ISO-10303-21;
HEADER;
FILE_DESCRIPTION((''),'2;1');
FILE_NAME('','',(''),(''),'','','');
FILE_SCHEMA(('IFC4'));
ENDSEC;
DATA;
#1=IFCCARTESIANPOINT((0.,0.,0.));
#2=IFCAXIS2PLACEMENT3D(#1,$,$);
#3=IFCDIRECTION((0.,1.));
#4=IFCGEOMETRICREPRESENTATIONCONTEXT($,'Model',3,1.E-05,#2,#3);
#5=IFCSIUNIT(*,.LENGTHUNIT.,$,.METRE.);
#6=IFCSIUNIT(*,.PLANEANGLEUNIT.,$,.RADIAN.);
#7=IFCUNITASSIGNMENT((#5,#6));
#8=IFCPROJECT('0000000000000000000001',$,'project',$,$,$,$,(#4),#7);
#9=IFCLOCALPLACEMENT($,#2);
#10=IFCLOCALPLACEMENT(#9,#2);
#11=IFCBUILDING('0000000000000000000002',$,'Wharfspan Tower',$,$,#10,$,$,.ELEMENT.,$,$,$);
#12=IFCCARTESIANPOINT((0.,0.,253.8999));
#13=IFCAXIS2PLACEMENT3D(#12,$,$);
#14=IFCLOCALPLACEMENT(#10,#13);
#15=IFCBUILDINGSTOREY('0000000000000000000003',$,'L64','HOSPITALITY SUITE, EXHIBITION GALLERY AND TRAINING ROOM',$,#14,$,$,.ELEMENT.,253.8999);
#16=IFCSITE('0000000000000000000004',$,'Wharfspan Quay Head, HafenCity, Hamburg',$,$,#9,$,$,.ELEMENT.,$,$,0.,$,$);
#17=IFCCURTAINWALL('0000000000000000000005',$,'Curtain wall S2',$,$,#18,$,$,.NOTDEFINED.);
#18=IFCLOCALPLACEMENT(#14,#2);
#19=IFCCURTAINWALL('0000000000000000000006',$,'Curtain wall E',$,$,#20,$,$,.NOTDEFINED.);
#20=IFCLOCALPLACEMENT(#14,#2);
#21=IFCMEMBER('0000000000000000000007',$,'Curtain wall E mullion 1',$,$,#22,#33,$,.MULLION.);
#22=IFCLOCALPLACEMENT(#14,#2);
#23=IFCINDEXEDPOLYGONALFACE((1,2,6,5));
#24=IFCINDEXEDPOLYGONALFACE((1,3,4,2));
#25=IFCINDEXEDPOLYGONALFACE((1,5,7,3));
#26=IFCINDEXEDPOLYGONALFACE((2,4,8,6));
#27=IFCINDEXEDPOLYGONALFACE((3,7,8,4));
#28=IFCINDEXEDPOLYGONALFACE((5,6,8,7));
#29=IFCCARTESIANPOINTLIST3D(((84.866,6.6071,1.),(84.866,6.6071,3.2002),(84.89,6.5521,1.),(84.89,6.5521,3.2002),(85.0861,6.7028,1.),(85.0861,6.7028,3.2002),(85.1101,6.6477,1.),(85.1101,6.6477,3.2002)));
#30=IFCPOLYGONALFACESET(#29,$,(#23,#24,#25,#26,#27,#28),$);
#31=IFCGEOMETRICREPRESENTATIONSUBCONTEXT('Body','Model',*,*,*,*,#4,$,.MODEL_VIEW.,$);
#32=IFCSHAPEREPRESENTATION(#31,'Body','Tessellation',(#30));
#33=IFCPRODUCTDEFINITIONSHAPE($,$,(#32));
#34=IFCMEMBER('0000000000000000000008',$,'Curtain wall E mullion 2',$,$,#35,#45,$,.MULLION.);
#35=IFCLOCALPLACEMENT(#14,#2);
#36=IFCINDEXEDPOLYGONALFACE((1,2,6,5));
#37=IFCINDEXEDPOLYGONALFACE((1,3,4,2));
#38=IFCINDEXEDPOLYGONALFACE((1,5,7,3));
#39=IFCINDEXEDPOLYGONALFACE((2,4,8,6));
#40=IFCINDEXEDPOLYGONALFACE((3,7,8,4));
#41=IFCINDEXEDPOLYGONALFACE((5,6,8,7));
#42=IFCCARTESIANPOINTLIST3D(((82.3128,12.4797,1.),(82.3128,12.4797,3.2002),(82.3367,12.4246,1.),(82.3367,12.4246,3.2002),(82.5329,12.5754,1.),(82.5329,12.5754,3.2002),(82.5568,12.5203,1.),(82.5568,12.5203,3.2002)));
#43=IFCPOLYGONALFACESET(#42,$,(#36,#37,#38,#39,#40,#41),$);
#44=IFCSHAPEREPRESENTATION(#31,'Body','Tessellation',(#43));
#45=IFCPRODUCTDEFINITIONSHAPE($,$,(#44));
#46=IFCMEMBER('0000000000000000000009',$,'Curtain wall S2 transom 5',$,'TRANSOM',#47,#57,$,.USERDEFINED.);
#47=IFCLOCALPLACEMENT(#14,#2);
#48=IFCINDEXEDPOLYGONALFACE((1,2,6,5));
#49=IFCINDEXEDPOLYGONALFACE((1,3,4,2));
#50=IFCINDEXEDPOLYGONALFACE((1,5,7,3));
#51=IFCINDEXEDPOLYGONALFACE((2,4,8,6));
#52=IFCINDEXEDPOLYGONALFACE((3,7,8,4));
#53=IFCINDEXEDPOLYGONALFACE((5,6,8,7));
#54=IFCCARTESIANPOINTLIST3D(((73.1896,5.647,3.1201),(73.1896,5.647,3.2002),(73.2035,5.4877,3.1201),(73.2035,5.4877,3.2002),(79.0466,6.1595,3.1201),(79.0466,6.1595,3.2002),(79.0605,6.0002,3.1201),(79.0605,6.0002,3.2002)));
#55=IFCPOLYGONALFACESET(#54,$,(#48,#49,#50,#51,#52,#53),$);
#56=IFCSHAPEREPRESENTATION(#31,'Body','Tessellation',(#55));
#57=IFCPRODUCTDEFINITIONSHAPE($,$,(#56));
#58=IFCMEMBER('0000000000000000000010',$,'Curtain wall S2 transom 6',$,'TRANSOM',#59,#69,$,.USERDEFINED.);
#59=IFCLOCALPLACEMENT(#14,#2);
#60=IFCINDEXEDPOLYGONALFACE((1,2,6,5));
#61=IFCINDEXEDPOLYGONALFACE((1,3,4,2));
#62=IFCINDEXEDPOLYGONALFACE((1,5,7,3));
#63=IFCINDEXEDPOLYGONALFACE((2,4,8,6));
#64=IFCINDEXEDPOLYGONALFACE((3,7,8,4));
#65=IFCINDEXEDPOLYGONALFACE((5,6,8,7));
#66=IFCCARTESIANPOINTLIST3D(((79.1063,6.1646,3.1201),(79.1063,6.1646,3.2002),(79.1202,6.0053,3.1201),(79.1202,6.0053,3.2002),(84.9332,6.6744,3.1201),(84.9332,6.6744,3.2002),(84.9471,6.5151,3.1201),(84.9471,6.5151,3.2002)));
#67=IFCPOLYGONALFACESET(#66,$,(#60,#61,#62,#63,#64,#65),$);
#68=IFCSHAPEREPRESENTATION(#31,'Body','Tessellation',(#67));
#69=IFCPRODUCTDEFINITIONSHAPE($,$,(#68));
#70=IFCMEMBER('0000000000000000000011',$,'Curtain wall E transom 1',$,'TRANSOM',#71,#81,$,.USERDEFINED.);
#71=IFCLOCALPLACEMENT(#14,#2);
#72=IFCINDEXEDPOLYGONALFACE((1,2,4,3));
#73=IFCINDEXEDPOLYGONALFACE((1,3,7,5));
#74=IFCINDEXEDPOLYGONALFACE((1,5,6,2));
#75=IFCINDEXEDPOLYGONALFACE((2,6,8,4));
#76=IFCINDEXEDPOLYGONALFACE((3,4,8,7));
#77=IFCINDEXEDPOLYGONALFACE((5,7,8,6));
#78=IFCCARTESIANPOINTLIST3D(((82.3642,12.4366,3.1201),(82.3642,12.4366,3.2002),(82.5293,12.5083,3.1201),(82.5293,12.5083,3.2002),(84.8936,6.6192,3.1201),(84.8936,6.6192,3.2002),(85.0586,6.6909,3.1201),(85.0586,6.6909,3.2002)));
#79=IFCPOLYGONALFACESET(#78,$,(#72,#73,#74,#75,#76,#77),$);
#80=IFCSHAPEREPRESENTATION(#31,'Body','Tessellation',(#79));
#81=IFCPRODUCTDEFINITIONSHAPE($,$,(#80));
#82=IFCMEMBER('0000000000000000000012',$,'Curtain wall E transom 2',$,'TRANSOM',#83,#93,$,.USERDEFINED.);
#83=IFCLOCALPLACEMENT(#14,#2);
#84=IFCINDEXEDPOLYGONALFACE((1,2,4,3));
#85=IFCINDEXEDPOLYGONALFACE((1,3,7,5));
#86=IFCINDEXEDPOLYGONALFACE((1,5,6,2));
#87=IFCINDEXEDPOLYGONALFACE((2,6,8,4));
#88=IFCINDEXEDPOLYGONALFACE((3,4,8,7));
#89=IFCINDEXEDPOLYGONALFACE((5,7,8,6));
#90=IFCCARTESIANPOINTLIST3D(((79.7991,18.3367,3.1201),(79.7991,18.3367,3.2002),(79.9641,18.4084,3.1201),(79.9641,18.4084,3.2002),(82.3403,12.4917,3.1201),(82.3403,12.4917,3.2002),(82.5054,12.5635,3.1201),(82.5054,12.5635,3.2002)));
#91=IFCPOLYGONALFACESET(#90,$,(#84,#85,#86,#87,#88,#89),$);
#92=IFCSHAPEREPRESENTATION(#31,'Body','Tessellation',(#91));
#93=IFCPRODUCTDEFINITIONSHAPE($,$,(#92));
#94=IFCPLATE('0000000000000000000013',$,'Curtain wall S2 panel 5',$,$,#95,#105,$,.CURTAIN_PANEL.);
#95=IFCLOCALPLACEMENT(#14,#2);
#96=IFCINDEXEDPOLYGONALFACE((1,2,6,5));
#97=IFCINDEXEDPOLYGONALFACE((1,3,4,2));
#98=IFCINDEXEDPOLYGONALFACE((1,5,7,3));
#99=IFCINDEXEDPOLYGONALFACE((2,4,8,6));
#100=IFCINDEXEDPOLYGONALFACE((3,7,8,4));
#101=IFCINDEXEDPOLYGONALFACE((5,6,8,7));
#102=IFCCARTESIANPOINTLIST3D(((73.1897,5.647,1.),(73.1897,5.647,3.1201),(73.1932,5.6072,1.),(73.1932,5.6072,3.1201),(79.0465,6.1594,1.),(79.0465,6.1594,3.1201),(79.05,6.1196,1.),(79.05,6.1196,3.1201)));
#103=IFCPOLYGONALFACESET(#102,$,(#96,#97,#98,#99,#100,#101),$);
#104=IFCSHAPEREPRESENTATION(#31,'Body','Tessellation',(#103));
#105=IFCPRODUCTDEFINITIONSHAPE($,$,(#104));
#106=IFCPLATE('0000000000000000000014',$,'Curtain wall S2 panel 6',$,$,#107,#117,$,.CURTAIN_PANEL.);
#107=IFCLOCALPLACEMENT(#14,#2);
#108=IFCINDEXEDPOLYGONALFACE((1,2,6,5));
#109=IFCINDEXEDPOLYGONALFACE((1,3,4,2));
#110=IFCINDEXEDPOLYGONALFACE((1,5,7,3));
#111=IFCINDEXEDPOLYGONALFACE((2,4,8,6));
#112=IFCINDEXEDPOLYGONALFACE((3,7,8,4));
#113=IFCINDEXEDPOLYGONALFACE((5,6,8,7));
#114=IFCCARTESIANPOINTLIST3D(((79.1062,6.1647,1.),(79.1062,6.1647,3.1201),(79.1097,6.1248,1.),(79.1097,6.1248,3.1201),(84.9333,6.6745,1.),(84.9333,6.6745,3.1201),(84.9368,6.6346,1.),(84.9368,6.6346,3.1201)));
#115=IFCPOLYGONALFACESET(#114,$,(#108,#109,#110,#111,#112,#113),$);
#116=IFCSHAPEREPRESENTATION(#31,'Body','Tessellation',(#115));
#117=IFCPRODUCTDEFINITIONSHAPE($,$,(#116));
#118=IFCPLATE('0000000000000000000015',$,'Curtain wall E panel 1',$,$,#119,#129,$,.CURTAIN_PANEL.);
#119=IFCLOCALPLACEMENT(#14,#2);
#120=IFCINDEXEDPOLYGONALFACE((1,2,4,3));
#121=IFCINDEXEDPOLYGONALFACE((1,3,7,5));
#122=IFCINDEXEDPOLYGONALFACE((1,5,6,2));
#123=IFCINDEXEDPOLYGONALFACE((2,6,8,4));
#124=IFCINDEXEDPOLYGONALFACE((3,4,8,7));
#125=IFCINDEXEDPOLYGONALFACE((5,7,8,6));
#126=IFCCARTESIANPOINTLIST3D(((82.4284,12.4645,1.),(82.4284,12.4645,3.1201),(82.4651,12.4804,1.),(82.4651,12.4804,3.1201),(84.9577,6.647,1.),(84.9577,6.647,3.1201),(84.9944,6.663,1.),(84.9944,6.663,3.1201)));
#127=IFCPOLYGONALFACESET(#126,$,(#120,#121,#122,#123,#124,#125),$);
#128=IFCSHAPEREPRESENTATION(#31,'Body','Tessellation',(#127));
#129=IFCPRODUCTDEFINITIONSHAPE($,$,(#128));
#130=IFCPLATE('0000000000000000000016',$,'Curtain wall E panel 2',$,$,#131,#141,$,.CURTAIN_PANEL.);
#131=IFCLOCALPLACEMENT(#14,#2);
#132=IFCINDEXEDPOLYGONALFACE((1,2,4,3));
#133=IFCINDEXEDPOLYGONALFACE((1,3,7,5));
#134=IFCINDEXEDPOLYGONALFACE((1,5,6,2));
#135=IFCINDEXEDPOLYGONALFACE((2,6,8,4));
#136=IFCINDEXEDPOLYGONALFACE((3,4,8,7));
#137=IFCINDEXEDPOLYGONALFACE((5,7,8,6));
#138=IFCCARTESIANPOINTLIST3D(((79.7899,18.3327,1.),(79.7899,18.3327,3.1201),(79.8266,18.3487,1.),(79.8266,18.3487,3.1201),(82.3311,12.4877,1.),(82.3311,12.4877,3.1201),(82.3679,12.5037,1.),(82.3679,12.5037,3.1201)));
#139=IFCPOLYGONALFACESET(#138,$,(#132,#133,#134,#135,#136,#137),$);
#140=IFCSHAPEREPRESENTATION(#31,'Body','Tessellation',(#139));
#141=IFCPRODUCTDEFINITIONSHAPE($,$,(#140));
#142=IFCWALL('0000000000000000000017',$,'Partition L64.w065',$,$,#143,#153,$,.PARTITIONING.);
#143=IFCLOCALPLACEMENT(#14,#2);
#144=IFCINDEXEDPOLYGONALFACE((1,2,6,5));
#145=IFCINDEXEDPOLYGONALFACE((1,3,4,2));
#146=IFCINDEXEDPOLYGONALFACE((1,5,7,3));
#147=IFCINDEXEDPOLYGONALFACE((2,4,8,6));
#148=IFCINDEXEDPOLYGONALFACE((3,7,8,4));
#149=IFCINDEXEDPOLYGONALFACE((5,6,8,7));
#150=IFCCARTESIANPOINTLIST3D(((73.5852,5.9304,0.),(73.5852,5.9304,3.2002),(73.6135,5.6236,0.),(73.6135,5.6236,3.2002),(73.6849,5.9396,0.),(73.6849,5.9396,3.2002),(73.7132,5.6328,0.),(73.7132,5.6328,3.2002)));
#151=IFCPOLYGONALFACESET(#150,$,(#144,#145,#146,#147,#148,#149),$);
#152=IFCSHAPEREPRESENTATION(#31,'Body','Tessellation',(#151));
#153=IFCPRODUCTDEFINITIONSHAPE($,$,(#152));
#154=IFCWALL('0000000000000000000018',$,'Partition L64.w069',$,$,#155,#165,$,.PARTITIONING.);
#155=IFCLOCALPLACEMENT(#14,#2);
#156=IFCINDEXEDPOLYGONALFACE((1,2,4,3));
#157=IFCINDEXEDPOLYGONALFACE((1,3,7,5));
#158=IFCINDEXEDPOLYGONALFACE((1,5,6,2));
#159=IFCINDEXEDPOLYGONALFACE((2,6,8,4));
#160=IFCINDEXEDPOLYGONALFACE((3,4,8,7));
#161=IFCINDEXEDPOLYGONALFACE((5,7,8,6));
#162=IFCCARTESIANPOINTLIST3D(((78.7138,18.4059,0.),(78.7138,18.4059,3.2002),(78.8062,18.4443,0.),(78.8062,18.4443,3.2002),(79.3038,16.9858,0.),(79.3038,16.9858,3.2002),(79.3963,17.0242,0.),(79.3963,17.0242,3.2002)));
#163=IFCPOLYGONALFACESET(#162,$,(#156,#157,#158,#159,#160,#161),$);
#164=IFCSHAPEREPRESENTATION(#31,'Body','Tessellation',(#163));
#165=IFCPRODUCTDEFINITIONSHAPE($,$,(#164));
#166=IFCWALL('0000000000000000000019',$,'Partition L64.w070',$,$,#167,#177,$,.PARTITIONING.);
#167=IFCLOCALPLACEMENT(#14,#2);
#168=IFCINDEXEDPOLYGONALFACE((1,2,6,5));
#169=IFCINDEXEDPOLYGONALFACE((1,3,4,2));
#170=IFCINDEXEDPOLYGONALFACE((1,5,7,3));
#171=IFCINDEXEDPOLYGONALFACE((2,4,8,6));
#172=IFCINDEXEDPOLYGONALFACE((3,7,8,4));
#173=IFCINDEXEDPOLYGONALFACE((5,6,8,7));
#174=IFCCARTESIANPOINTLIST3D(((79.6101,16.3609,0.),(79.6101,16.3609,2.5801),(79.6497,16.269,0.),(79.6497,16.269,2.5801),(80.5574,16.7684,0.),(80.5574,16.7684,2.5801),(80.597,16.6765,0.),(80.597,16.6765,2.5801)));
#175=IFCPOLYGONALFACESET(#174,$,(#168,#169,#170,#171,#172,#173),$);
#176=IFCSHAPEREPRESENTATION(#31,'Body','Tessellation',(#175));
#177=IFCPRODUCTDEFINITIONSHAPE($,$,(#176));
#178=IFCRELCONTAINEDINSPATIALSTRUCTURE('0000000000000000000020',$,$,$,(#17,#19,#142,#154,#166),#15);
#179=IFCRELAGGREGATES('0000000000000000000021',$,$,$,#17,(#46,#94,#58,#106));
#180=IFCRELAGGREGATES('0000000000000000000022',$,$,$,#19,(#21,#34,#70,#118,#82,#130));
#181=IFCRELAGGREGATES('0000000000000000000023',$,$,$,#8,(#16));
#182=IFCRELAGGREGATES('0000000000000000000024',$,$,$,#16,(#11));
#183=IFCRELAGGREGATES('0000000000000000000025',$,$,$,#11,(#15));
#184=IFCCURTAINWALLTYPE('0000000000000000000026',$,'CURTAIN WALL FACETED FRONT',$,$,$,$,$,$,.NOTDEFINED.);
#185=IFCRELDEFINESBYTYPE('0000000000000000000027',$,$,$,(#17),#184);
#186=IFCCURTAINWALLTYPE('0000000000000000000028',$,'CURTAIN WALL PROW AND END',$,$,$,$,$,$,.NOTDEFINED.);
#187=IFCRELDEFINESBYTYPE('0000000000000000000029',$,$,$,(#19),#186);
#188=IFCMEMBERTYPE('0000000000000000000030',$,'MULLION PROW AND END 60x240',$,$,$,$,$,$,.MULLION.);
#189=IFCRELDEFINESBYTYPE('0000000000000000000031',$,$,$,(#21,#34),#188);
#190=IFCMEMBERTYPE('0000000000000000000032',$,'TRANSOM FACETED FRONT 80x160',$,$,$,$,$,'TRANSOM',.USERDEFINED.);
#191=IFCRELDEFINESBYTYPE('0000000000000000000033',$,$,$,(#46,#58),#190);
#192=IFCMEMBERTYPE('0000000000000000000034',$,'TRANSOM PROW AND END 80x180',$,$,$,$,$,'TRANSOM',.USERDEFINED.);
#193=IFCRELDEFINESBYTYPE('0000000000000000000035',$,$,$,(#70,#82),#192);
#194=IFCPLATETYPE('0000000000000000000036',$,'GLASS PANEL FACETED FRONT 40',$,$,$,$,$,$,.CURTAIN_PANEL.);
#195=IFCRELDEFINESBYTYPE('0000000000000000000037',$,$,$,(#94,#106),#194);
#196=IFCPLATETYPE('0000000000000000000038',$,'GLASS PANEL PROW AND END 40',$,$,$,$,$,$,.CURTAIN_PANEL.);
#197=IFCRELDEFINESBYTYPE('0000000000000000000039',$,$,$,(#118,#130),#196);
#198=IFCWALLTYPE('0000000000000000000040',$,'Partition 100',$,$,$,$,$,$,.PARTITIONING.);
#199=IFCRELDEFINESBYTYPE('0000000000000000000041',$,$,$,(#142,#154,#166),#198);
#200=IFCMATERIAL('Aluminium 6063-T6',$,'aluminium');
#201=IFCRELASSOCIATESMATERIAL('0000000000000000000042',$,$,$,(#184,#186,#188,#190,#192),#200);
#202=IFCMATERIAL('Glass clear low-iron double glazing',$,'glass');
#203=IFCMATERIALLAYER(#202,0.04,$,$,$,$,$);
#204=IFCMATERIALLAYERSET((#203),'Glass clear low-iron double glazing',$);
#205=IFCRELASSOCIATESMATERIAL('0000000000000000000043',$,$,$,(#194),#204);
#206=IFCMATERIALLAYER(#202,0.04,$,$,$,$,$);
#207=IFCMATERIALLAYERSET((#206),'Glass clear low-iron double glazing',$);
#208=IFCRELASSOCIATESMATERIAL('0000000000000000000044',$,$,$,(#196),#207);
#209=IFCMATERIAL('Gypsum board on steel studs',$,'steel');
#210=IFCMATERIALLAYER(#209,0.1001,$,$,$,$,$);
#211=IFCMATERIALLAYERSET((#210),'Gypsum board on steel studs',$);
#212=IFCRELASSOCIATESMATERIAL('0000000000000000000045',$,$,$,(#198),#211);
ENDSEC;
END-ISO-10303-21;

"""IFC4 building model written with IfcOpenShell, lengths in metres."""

from ifc_helpers import new_model, si_unit, direction, frame, frame_2d, origin, origin_2d, place, context, subcontext, project, spatial, rectangle, extrude, material, layer, layer_set, material_profile, profile_set, type_object, element, aggregate, save


model = new_model("IFC4")

# Units and contexts
model_context = context("Model", 3, precision=1e-05, world=origin(), true_north=direction((0.0, 1.0)))
body_context = subcontext(model_context, "Body", "Model", "MODEL_VIEW")
ifc_project = project(units=[si_unit("LENGTHUNIT", "METRE"), si_unit("PLANEANGLEUNIT", "RADIAN")], contexts=[model_context])

# Site, building, storey
site_placement = place(None, origin())
site = spatial("IfcSite", under=ifc_project, at=site_placement, Name="Wharfspan Quay Head, HafenCity, Hamburg", CompositionType="ELEMENT", RefElevation=0.0)
building_placement = place(site_placement, origin())
building = spatial("IfcBuilding", under=site, at=building_placement, Name="Wharfspan Tower", CompositionType="ELEMENT")
storey_placement = place(building_placement, frame((0.0, 0.0, 253.8999)))
storey = spatial("IfcBuildingStorey", under=building, at=storey_placement, Name="L64", Description="HOSPITALITY SUITE, EXHIBITION GALLERY AND TRAINING ROOM", CompositionType="ELEMENT", Elevation=253.8999)

# Curtain walls, members
ifc_material_1 = material(Name="Aluminium 6063-T6", Category="aluminium")
curtain_wall_type_1 = type_object("IfcCurtainWallType", Name="CURTAIN WALL FACETED FRONT", PredefinedType="NOTDEFINED", material=ifc_material_1)
curtain_wall_1_placement = place(storey_placement, origin())
curtain_wall_1 = element("IfcCurtainWall", 1, at=curtain_wall_1_placement, inside=storey, type_object=curtain_wall_type_1, Name="Curtain wall S2", PredefinedType="NOTDEFINED")
curtain_wall_type_2 = type_object("IfcCurtainWallType", Name="CURTAIN WALL PROW AND END", PredefinedType="NOTDEFINED", material=ifc_material_1)
curtain_wall_2_placement = place(storey_placement, origin())
curtain_wall_2 = element("IfcCurtainWall", 2, at=curtain_wall_2_placement, inside=storey, type_object=curtain_wall_type_2, Name="Curtain wall E", PredefinedType="NOTDEFINED")
ifc_material_profile_1 = material_profile(ifc_material_1, rectangle(XDim=0.24, YDim=0.0601, at=origin_2d()))
ifc_profile_set_1 = profile_set([ifc_material_profile_1], Name="Aluminium 6063-T6")
member_type_1 = type_object("IfcMemberType", Name="MULLION PROW AND END 60x240", PredefinedType="MULLION", material=ifc_profile_set_1)
member_1_placement = place(storey_placement, frame((84.988, 6.6274, 1.0), z_axis=(0.0, 0.0, 1.0), x_axis=(-0.917072, -0.398727, 0.0)))
member_1 = element("IfcMember", 3, at=member_1_placement, type_object=member_type_1, Name="Curtain wall E mullion 1", PredefinedType="MULLION", context=body_context, shape_type="SweptSolid", body=[
    extrude(rectangle(XDim=0.24, YDim=0.0601, at=origin_2d()), origin(), (0.0, 0.0, 1.0), 2.2002),
])
member_2_placement = place(storey_placement, frame((82.4348, 12.5, 1.0), z_axis=(0.0, 0.0, 1.0), x_axis=(-0.917072, -0.398727, 0.0)))
member_2 = element("IfcMember", 4, at=member_2_placement, type_object=member_type_1, Name="Curtain wall E mullion 2", PredefinedType="MULLION", context=body_context, shape_type="SweptSolid", body=[
    extrude(rectangle(XDim=0.24, YDim=0.0601, at=origin_2d()), origin(), (0.0, 0.0, 1.0), 2.2002),
])

# Members
ifc_material_profile_2 = material_profile(ifc_material_1, rectangle(XDim=0.1599, YDim=0.0801, at=origin_2d()))
ifc_profile_set_2 = profile_set([ifc_material_profile_2], Name="Aluminium 6063-T6")
member_type_2 = type_object("IfcMemberType", Name="TRANSOM FACETED FRONT 80x160", ElementType="TRANSOM", PredefinedType="USERDEFINED", material=ifc_profile_set_2)
member_3_placement = place(storey_placement, frame((73.1965, 5.5674, 3.1602), z_axis=(0.996194, 0.087162, 0.0), x_axis=(-0.087162, 0.996194, 0.0)))
member_3 = element("IfcMember", 5, at=member_3_placement, type_object=member_type_2, Name="Curtain wall S2 transom 5", ObjectType="TRANSOM", PredefinedType="USERDEFINED", context=body_context, shape_type="SweptSolid", body=[
    extrude(rectangle(XDim=0.1599, YDim=0.0801, at=origin_2d()), origin(), (0.0, 0.0, 1.0), 5.8794),
])
member_4_placement = place(storey_placement, frame((79.1133, 6.085, 3.1602), z_axis=(0.996195, 0.087152, 0.0), x_axis=(-0.087152, 0.996195, 0.0)))
member_4 = element("IfcMember", 6, at=member_4_placement, type_object=member_type_2, Name="Curtain wall S2 transom 6", ObjectType="TRANSOM", PredefinedType="USERDEFINED", context=body_context, shape_type="SweptSolid", body=[
    extrude(rectangle(XDim=0.1599, YDim=0.0801, at=origin_2d()), origin(), (0.0, 0.0, 1.0), 5.8491),
])
ifc_material_profile_3 = material_profile(ifc_material_1, rectangle(XDim=0.1799, YDim=0.0801, at=origin_2d()))
ifc_profile_set_3 = profile_set([ifc_material_profile_3], Name="Aluminium 6063-T6")
member_type_3 = type_object("IfcMemberType", Name="TRANSOM PROW AND END 80x180", ElementType="TRANSOM", PredefinedType="USERDEFINED", material=ifc_profile_set_3)
member_5_placement = place(storey_placement, frame((84.9761, 6.655, 3.1602), z_axis=(-0.398726, 0.91707, 0.0), x_axis=(-0.91707, -0.398726, 0.0)))
member_5 = element("IfcMember", 7, at=member_5_placement, type_object=member_type_3, Name="Curtain wall E transom 1", ObjectType="TRANSOM", PredefinedType="USERDEFINED", context=body_context, shape_type="SweptSolid", body=[
    extrude(rectangle(XDim=0.1799, YDim=0.0801, at=origin_2d()), origin(), (0.0, 0.0, 1.0), 6.3435),
])
member_6_placement = place(storey_placement, frame((82.4229, 12.5276, 3.1602), z_axis=(-0.398722, 0.917072, 0.0), x_axis=(-0.917072, -0.398722, 0.0)))
member_6 = element("IfcMember", 8, at=member_6_placement, type_object=member_type_3, Name="Curtain wall E transom 2", ObjectType="TRANSOM", PredefinedType="USERDEFINED", context=body_context, shape_type="SweptSolid", body=[
    extrude(rectangle(XDim=0.1799, YDim=0.0801, at=origin_2d()), origin(), (0.0, 0.0, 1.0), 6.3735),
])

# Plates
ifc_material_2 = material(Name="Glass clear low-iron double glazing", Category="glass")
ifc_layer_1 = layer(ifc_material_2, 0.04)
ifc_layer_set_1 = layer_set([ifc_layer_1], Name="Glass clear low-iron double glazing")
plate_type_1 = type_object("IfcPlateType", Name="GLASS PANEL FACETED FRONT 40", PredefinedType="CURTAIN_PANEL", material=ifc_layer_set_1)
plate_1_placement = place(storey_placement, frame((76.1199, 5.8833, 1.0), z_axis=(0.0, 0.0, 1.0), x_axis=(0.996197, 0.087156, 0.0)))
plate_1 = element("IfcPlate", 9, at=plate_1_placement, type_object=plate_type_1, Name="Curtain wall S2 panel 5", PredefinedType="CURTAIN_PANEL", context=body_context, shape_type="SweptSolid", body=[
    extrude(rectangle(XDim=5.8792, YDim=0.04, at=origin_2d()), origin(), (0.0, 0.0, 1.0), 2.1201),
])
plate_2_placement = place(storey_placement, frame((82.0215, 6.3997, 1.0), z_axis=(0.0, 0.0, 1.0), x_axis=(0.996197, 0.087156, 0.0)))
plate_2 = element("IfcPlate", 10, at=plate_2_placement, type_object=plate_type_1, Name="Curtain wall S2 panel 6", PredefinedType="CURTAIN_PANEL", context=body_context, shape_type="SweptSolid", body=[
    extrude(rectangle(XDim=5.8494, YDim=0.04, at=origin_2d()), origin(), (0.0, 0.0, 1.0), 2.1201),
])
aggregate(curtain_wall_1, [member_3, plate_1, member_4, plate_2])
ifc_layer_2 = layer(ifc_material_2, 0.04)
ifc_layer_set_2 = layer_set([ifc_layer_2], Name="Glass clear low-iron double glazing")
plate_type_2 = type_object("IfcPlateType", Name="GLASS PANEL PROW AND END 40", PredefinedType="CURTAIN_PANEL", material=ifc_layer_set_2)
plate_3_placement = place(storey_placement, frame((83.7114, 9.5637, 1.0), z_axis=(0.0, 0.0, 1.0), x_axis=(-0.398727, 0.917072, 0.0)))
plate_3 = element("IfcPlate", 11, at=plate_3_placement, type_object=plate_type_2, Name="Curtain wall E panel 1", PredefinedType="CURTAIN_PANEL", context=body_context, shape_type="SweptSolid", body=[
    extrude(rectangle(XDim=6.3435, YDim=0.04, at=origin_2d()), origin(), (0.0, 0.0, 1.0), 2.1201),
])
plate_4_placement = place(storey_placement, frame((81.0789, 15.4182, 1.0), z_axis=(0.0, 0.0, 1.0), x_axis=(-0.398727, 0.917072, 0.0)))
plate_4 = element("IfcPlate", 12, at=plate_4_placement, type_object=plate_type_2, Name="Curtain wall E panel 2", PredefinedType="CURTAIN_PANEL", context=body_context, shape_type="SweptSolid", body=[
    extrude(rectangle(XDim=6.3735, YDim=0.04, at=origin_2d()), origin(), (0.0, 0.0, 1.0), 2.1201),
])
aggregate(curtain_wall_2, [member_1, member_2, member_5, plate_3, member_6, plate_4])

# Walls
ifc_material_3 = material(Name="Gypsum board on steel studs", Category="steel")
ifc_layer_3 = layer(ifc_material_3, 0.1001)
ifc_layer_set_3 = layer_set([ifc_layer_3], Name="Gypsum board on steel studs")
wall_type_1 = type_object("IfcWallType", Name="Partition 100", PredefinedType="PARTITIONING", material=ifc_layer_set_3)
wall_1_placement = place(storey_placement, frame((73.6633, 5.6282, 0.0), z_axis=(0.0, 0.0, 1.0), x_axis=(-0.091893, 0.995772, 0.0)))
element("IfcWall", 13, at=wall_1_placement, inside=storey, type_object=wall_type_1, Name="Partition L64.w065", PredefinedType="PARTITIONING", context=body_context, shape_type="SweptSolid", body=[
    extrude(rectangle(XDim=0.3081, YDim=0.1001, at=frame_2d((0.1541, 0.0))), origin(), (0.0, 0.0, 1.0), 3.2002),
])
wall_2_placement = place(storey_placement, frame((79.3501, 17.0049, 0.0), z_axis=(0.0, 0.0, 1.0), x_axis=(-0.383703, 0.923459, 0.0)))
element("IfcWall", 14, at=wall_2_placement, inside=storey, type_object=wall_type_1, Name="Partition L64.w069", PredefinedType="PARTITIONING", context=body_context, shape_type="SweptSolid", body=[
    extrude(rectangle(XDim=1.5378, YDim=0.1001, at=frame_2d((0.769, 0.0))), origin(), (0.0, 0.0, 1.0), 3.2002),
])
wall_3_placement = place(storey_placement, frame((79.6299, 16.3149, 0.0), z_axis=(0.0, 0.0, 1.0), x_axis=(0.918616, 0.395147, 0.0)))
element("IfcWall", 15, at=wall_3_placement, inside=storey, type_object=wall_type_1, Name="Partition L64.w070", PredefinedType="PARTITIONING", context=body_context, shape_type="SweptSolid", body=[
    extrude(rectangle(XDim=1.0312, YDim=0.1001, at=frame_2d((0.5156, 0.0))), origin(), (0.0, 0.0, 1.0), 2.5801),
])

save(model, "model.ifc")
